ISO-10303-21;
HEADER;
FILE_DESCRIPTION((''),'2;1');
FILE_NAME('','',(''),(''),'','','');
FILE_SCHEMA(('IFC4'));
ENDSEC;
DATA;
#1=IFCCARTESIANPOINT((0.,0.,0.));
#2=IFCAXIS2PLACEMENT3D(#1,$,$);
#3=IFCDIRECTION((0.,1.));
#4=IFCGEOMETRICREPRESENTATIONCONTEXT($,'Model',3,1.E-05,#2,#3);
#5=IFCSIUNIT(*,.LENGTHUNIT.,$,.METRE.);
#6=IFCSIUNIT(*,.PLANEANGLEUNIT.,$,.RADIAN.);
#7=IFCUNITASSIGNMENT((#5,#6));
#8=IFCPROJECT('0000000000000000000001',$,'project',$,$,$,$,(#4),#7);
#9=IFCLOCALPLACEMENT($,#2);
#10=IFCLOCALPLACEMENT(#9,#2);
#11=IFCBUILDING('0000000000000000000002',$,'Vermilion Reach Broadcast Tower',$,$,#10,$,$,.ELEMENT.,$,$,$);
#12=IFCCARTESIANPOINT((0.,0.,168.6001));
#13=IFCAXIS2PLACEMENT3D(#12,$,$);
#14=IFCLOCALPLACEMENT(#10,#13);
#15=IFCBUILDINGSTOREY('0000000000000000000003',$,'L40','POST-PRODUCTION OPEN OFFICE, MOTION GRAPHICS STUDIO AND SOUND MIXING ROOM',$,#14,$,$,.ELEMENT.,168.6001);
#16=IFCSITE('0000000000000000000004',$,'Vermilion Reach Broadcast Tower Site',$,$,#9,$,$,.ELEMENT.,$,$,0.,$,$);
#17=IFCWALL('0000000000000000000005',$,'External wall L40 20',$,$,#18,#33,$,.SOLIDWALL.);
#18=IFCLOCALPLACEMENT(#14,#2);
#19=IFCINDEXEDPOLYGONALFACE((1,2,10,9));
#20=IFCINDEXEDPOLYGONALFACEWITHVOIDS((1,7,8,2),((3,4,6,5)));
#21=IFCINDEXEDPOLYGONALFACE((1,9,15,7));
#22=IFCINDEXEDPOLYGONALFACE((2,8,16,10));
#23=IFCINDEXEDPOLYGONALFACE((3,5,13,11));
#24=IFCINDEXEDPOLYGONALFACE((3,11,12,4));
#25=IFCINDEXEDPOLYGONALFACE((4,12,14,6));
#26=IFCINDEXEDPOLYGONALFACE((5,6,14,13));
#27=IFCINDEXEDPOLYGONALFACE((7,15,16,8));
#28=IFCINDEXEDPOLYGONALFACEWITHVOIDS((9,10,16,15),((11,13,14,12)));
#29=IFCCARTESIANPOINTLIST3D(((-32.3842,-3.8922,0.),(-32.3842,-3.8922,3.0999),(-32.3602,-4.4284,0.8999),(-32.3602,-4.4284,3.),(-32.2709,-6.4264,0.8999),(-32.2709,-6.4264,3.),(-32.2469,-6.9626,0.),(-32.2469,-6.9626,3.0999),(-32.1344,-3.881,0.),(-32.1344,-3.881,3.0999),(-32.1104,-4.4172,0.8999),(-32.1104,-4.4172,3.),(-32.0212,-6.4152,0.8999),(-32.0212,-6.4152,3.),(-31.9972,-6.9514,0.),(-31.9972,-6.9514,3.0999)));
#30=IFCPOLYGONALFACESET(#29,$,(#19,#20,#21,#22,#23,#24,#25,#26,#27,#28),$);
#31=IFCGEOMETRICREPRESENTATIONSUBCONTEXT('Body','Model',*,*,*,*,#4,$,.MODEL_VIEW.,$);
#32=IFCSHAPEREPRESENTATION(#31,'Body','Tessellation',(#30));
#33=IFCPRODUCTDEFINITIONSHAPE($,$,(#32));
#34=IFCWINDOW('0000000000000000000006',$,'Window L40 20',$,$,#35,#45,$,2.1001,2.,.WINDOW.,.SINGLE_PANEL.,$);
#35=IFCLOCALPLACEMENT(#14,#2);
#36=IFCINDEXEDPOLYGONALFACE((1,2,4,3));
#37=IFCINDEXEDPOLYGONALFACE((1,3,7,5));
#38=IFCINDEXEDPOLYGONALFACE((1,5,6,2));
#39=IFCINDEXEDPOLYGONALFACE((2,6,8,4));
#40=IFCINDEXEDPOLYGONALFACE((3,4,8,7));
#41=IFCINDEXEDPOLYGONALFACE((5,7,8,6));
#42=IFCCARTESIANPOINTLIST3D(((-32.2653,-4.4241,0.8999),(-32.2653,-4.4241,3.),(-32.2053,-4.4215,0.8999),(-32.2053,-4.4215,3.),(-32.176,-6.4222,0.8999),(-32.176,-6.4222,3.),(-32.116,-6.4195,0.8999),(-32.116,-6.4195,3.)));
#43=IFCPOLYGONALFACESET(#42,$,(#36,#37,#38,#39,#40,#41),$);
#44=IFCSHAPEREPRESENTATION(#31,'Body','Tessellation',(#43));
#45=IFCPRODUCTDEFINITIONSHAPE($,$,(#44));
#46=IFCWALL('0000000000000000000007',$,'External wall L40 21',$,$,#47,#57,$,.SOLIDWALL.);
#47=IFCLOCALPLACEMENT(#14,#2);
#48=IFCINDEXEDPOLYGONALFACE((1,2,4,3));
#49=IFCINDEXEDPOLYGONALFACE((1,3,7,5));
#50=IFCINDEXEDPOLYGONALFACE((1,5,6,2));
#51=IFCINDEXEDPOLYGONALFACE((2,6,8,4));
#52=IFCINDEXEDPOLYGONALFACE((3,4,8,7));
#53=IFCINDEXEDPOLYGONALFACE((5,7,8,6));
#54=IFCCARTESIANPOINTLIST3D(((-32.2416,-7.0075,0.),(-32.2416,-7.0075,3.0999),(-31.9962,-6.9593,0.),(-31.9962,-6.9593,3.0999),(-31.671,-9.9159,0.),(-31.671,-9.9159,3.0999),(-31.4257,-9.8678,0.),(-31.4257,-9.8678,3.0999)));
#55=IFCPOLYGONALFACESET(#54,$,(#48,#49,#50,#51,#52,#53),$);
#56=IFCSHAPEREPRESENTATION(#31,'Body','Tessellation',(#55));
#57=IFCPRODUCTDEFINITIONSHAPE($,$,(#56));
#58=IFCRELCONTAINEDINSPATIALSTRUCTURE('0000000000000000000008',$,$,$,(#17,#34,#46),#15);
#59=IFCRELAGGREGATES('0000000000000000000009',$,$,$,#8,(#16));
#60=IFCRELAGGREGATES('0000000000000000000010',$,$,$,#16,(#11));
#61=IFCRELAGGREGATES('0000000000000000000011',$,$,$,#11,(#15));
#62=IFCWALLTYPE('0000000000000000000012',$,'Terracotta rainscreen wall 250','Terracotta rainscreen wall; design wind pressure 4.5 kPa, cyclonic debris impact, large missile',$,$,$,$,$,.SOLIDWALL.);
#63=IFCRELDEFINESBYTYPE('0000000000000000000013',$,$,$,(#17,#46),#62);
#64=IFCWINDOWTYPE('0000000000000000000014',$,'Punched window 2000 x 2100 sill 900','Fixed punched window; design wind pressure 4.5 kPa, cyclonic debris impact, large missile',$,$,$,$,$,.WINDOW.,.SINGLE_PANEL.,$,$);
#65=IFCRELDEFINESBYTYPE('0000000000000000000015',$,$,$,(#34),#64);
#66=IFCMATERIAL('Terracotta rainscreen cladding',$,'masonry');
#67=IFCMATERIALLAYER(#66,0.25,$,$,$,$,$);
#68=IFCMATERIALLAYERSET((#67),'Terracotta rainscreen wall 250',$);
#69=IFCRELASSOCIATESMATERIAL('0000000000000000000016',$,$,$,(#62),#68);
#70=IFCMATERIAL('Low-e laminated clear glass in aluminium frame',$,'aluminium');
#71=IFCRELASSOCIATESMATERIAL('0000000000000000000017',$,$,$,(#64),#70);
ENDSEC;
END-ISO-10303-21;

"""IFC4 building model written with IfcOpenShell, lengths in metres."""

from ifc_helpers import new_model, si_unit, direction, frame, frame_2d, origin, place, context, subcontext, project, spatial, rectangle, extrude, material, layer, layer_set, type_object, element, fill, save


model = new_model("IFC4")

# Units and contexts
model_context = context("Model", 3, precision=1e-05, world=origin(), true_north=direction((0.0, 1.0)))
body_context = subcontext(model_context, "Body", "Model", "MODEL_VIEW")
ifc_project = project(units=[si_unit("LENGTHUNIT", "METRE"), si_unit("PLANEANGLEUNIT", "RADIAN")], contexts=[model_context])

# Site, building, storey
site_placement = place(None, origin())
site = spatial("IfcSite", under=ifc_project, at=site_placement, Name="Vermilion Reach Broadcast Tower Site", CompositionType="ELEMENT", RefElevation=0.0)
building_placement = place(site_placement, origin())
building = spatial("IfcBuilding", under=site, at=building_placement, Name="Vermilion Reach Broadcast Tower", CompositionType="ELEMENT")
storey_placement = place(building_placement, frame((0.0, 0.0, 168.6001)))
storey = spatial("IfcBuildingStorey", under=building, at=storey_placement, Name="L40", Description="POST-PRODUCTION OPEN OFFICE, MOTION GRAPHICS STUDIO AND SOUND MIXING ROOM", CompositionType="ELEMENT", Elevation=168.6001)

# Shared definitions
ifc_material_1 = material(Name="Terracotta rainscreen cladding", Category="masonry")
ifc_layer_1 = layer(ifc_material_1, 0.25)
ifc_layer_set_1 = layer_set([ifc_layer_1], Name="Terracotta rainscreen wall 250")
wall_type_1 = type_object("IfcWallType", Name="Terracotta rainscreen wall 250", Description="Terracotta rainscreen wall; design wind pressure 4.5 kPa, cyclonic debris impact, large missile", PredefinedType="SOLIDWALL", material=ifc_layer_set_1)

# Wall, opening, window
wall_1_placement = place(storey_placement, frame((-32.2593, -3.8867, 0.0), z_axis=(0.0, 0.0, 1.0), x_axis=(0.044644, -0.999003, 0.0)))
wall_1 = element("IfcWall", 1, at=wall_1_placement, inside=storey, type_object=wall_type_1, Name="External wall L40 20", PredefinedType="SOLIDWALL", context=body_context, shape_type="SweptSolid", body=[
    extrude(rectangle(XDim=3.0735, YDim=0.25, at=frame_2d((1.5366, 0.0))), origin(), (0.0, 0.0, 1.0), 3.0999),
])
opening_1_placement = place(wall_1_placement, frame((0.5366, 0.0, 0.8999)))
opening_1 = element("IfcOpeningElement", 2, at=opening_1_placement, cuts=wall_1, PredefinedType="OPENING", context=body_context, shape_type="SweptSolid", body=[
    extrude(rectangle(XDim=2.0, YDim=2.1001, at=frame_2d((1.0, 1.05))), frame((0.0, 0.135, 0.0), z_axis=(0.0, -1.0, 0.0), x_axis=(1.0, 0.0, 0.0)), (0.0, 0.0, 1.0), 0.27),
])
ifc_material_2 = material(Name="Low-e laminated clear glass in aluminium frame", Category="aluminium")
window_type = type_object("IfcWindowType", Name="Punched window 2000 x 2100 sill 900", Description="Fixed punched window; design wind pressure 4.5 kPa, cyclonic debris impact, large missile", PartitioningType="SINGLE_PANEL", PredefinedType="WINDOW", material=ifc_material_2)
window_placement = place(opening_1_placement, origin())
window = element("IfcWindow", 3, at=window_placement, inside=storey, type_object=window_type, Name="Window L40 20", OverallHeight=2.1001, OverallWidth=2.0, PartitioningType="SINGLE_PANEL", PredefinedType="WINDOW", context=body_context, shape_type="SweptSolid", body=[
    extrude(rectangle(XDim=2.0, YDim=2.1001, at=frame_2d((1.0, 1.05))), frame((0.0, 0.03, 0.0), z_axis=(0.0, -1.0, 0.0), x_axis=(1.0, 0.0, 0.0)), (0.0, 0.0, 1.0), 0.0601),
])
fill(opening_1, window)

# Wall
wall_2_placement = place(storey_placement, frame((-32.1189, -6.9834, 0.0), z_axis=(0.0, 0.0, 1.0), x_axis=(0.192503, -0.981296, 0.0)))
element("IfcWall", 4, at=wall_2_placement, inside=storey, type_object=wall_type_1, Name="External wall L40 21", PredefinedType="SOLIDWALL", context=body_context, shape_type="SweptSolid", body=[
    extrude(rectangle(XDim=2.9639, YDim=0.25, at=frame_2d((1.4819, 0.0))), origin(), (0.0, 0.0, 1.0), 3.0999),
])

save(model, "model.ifc")
